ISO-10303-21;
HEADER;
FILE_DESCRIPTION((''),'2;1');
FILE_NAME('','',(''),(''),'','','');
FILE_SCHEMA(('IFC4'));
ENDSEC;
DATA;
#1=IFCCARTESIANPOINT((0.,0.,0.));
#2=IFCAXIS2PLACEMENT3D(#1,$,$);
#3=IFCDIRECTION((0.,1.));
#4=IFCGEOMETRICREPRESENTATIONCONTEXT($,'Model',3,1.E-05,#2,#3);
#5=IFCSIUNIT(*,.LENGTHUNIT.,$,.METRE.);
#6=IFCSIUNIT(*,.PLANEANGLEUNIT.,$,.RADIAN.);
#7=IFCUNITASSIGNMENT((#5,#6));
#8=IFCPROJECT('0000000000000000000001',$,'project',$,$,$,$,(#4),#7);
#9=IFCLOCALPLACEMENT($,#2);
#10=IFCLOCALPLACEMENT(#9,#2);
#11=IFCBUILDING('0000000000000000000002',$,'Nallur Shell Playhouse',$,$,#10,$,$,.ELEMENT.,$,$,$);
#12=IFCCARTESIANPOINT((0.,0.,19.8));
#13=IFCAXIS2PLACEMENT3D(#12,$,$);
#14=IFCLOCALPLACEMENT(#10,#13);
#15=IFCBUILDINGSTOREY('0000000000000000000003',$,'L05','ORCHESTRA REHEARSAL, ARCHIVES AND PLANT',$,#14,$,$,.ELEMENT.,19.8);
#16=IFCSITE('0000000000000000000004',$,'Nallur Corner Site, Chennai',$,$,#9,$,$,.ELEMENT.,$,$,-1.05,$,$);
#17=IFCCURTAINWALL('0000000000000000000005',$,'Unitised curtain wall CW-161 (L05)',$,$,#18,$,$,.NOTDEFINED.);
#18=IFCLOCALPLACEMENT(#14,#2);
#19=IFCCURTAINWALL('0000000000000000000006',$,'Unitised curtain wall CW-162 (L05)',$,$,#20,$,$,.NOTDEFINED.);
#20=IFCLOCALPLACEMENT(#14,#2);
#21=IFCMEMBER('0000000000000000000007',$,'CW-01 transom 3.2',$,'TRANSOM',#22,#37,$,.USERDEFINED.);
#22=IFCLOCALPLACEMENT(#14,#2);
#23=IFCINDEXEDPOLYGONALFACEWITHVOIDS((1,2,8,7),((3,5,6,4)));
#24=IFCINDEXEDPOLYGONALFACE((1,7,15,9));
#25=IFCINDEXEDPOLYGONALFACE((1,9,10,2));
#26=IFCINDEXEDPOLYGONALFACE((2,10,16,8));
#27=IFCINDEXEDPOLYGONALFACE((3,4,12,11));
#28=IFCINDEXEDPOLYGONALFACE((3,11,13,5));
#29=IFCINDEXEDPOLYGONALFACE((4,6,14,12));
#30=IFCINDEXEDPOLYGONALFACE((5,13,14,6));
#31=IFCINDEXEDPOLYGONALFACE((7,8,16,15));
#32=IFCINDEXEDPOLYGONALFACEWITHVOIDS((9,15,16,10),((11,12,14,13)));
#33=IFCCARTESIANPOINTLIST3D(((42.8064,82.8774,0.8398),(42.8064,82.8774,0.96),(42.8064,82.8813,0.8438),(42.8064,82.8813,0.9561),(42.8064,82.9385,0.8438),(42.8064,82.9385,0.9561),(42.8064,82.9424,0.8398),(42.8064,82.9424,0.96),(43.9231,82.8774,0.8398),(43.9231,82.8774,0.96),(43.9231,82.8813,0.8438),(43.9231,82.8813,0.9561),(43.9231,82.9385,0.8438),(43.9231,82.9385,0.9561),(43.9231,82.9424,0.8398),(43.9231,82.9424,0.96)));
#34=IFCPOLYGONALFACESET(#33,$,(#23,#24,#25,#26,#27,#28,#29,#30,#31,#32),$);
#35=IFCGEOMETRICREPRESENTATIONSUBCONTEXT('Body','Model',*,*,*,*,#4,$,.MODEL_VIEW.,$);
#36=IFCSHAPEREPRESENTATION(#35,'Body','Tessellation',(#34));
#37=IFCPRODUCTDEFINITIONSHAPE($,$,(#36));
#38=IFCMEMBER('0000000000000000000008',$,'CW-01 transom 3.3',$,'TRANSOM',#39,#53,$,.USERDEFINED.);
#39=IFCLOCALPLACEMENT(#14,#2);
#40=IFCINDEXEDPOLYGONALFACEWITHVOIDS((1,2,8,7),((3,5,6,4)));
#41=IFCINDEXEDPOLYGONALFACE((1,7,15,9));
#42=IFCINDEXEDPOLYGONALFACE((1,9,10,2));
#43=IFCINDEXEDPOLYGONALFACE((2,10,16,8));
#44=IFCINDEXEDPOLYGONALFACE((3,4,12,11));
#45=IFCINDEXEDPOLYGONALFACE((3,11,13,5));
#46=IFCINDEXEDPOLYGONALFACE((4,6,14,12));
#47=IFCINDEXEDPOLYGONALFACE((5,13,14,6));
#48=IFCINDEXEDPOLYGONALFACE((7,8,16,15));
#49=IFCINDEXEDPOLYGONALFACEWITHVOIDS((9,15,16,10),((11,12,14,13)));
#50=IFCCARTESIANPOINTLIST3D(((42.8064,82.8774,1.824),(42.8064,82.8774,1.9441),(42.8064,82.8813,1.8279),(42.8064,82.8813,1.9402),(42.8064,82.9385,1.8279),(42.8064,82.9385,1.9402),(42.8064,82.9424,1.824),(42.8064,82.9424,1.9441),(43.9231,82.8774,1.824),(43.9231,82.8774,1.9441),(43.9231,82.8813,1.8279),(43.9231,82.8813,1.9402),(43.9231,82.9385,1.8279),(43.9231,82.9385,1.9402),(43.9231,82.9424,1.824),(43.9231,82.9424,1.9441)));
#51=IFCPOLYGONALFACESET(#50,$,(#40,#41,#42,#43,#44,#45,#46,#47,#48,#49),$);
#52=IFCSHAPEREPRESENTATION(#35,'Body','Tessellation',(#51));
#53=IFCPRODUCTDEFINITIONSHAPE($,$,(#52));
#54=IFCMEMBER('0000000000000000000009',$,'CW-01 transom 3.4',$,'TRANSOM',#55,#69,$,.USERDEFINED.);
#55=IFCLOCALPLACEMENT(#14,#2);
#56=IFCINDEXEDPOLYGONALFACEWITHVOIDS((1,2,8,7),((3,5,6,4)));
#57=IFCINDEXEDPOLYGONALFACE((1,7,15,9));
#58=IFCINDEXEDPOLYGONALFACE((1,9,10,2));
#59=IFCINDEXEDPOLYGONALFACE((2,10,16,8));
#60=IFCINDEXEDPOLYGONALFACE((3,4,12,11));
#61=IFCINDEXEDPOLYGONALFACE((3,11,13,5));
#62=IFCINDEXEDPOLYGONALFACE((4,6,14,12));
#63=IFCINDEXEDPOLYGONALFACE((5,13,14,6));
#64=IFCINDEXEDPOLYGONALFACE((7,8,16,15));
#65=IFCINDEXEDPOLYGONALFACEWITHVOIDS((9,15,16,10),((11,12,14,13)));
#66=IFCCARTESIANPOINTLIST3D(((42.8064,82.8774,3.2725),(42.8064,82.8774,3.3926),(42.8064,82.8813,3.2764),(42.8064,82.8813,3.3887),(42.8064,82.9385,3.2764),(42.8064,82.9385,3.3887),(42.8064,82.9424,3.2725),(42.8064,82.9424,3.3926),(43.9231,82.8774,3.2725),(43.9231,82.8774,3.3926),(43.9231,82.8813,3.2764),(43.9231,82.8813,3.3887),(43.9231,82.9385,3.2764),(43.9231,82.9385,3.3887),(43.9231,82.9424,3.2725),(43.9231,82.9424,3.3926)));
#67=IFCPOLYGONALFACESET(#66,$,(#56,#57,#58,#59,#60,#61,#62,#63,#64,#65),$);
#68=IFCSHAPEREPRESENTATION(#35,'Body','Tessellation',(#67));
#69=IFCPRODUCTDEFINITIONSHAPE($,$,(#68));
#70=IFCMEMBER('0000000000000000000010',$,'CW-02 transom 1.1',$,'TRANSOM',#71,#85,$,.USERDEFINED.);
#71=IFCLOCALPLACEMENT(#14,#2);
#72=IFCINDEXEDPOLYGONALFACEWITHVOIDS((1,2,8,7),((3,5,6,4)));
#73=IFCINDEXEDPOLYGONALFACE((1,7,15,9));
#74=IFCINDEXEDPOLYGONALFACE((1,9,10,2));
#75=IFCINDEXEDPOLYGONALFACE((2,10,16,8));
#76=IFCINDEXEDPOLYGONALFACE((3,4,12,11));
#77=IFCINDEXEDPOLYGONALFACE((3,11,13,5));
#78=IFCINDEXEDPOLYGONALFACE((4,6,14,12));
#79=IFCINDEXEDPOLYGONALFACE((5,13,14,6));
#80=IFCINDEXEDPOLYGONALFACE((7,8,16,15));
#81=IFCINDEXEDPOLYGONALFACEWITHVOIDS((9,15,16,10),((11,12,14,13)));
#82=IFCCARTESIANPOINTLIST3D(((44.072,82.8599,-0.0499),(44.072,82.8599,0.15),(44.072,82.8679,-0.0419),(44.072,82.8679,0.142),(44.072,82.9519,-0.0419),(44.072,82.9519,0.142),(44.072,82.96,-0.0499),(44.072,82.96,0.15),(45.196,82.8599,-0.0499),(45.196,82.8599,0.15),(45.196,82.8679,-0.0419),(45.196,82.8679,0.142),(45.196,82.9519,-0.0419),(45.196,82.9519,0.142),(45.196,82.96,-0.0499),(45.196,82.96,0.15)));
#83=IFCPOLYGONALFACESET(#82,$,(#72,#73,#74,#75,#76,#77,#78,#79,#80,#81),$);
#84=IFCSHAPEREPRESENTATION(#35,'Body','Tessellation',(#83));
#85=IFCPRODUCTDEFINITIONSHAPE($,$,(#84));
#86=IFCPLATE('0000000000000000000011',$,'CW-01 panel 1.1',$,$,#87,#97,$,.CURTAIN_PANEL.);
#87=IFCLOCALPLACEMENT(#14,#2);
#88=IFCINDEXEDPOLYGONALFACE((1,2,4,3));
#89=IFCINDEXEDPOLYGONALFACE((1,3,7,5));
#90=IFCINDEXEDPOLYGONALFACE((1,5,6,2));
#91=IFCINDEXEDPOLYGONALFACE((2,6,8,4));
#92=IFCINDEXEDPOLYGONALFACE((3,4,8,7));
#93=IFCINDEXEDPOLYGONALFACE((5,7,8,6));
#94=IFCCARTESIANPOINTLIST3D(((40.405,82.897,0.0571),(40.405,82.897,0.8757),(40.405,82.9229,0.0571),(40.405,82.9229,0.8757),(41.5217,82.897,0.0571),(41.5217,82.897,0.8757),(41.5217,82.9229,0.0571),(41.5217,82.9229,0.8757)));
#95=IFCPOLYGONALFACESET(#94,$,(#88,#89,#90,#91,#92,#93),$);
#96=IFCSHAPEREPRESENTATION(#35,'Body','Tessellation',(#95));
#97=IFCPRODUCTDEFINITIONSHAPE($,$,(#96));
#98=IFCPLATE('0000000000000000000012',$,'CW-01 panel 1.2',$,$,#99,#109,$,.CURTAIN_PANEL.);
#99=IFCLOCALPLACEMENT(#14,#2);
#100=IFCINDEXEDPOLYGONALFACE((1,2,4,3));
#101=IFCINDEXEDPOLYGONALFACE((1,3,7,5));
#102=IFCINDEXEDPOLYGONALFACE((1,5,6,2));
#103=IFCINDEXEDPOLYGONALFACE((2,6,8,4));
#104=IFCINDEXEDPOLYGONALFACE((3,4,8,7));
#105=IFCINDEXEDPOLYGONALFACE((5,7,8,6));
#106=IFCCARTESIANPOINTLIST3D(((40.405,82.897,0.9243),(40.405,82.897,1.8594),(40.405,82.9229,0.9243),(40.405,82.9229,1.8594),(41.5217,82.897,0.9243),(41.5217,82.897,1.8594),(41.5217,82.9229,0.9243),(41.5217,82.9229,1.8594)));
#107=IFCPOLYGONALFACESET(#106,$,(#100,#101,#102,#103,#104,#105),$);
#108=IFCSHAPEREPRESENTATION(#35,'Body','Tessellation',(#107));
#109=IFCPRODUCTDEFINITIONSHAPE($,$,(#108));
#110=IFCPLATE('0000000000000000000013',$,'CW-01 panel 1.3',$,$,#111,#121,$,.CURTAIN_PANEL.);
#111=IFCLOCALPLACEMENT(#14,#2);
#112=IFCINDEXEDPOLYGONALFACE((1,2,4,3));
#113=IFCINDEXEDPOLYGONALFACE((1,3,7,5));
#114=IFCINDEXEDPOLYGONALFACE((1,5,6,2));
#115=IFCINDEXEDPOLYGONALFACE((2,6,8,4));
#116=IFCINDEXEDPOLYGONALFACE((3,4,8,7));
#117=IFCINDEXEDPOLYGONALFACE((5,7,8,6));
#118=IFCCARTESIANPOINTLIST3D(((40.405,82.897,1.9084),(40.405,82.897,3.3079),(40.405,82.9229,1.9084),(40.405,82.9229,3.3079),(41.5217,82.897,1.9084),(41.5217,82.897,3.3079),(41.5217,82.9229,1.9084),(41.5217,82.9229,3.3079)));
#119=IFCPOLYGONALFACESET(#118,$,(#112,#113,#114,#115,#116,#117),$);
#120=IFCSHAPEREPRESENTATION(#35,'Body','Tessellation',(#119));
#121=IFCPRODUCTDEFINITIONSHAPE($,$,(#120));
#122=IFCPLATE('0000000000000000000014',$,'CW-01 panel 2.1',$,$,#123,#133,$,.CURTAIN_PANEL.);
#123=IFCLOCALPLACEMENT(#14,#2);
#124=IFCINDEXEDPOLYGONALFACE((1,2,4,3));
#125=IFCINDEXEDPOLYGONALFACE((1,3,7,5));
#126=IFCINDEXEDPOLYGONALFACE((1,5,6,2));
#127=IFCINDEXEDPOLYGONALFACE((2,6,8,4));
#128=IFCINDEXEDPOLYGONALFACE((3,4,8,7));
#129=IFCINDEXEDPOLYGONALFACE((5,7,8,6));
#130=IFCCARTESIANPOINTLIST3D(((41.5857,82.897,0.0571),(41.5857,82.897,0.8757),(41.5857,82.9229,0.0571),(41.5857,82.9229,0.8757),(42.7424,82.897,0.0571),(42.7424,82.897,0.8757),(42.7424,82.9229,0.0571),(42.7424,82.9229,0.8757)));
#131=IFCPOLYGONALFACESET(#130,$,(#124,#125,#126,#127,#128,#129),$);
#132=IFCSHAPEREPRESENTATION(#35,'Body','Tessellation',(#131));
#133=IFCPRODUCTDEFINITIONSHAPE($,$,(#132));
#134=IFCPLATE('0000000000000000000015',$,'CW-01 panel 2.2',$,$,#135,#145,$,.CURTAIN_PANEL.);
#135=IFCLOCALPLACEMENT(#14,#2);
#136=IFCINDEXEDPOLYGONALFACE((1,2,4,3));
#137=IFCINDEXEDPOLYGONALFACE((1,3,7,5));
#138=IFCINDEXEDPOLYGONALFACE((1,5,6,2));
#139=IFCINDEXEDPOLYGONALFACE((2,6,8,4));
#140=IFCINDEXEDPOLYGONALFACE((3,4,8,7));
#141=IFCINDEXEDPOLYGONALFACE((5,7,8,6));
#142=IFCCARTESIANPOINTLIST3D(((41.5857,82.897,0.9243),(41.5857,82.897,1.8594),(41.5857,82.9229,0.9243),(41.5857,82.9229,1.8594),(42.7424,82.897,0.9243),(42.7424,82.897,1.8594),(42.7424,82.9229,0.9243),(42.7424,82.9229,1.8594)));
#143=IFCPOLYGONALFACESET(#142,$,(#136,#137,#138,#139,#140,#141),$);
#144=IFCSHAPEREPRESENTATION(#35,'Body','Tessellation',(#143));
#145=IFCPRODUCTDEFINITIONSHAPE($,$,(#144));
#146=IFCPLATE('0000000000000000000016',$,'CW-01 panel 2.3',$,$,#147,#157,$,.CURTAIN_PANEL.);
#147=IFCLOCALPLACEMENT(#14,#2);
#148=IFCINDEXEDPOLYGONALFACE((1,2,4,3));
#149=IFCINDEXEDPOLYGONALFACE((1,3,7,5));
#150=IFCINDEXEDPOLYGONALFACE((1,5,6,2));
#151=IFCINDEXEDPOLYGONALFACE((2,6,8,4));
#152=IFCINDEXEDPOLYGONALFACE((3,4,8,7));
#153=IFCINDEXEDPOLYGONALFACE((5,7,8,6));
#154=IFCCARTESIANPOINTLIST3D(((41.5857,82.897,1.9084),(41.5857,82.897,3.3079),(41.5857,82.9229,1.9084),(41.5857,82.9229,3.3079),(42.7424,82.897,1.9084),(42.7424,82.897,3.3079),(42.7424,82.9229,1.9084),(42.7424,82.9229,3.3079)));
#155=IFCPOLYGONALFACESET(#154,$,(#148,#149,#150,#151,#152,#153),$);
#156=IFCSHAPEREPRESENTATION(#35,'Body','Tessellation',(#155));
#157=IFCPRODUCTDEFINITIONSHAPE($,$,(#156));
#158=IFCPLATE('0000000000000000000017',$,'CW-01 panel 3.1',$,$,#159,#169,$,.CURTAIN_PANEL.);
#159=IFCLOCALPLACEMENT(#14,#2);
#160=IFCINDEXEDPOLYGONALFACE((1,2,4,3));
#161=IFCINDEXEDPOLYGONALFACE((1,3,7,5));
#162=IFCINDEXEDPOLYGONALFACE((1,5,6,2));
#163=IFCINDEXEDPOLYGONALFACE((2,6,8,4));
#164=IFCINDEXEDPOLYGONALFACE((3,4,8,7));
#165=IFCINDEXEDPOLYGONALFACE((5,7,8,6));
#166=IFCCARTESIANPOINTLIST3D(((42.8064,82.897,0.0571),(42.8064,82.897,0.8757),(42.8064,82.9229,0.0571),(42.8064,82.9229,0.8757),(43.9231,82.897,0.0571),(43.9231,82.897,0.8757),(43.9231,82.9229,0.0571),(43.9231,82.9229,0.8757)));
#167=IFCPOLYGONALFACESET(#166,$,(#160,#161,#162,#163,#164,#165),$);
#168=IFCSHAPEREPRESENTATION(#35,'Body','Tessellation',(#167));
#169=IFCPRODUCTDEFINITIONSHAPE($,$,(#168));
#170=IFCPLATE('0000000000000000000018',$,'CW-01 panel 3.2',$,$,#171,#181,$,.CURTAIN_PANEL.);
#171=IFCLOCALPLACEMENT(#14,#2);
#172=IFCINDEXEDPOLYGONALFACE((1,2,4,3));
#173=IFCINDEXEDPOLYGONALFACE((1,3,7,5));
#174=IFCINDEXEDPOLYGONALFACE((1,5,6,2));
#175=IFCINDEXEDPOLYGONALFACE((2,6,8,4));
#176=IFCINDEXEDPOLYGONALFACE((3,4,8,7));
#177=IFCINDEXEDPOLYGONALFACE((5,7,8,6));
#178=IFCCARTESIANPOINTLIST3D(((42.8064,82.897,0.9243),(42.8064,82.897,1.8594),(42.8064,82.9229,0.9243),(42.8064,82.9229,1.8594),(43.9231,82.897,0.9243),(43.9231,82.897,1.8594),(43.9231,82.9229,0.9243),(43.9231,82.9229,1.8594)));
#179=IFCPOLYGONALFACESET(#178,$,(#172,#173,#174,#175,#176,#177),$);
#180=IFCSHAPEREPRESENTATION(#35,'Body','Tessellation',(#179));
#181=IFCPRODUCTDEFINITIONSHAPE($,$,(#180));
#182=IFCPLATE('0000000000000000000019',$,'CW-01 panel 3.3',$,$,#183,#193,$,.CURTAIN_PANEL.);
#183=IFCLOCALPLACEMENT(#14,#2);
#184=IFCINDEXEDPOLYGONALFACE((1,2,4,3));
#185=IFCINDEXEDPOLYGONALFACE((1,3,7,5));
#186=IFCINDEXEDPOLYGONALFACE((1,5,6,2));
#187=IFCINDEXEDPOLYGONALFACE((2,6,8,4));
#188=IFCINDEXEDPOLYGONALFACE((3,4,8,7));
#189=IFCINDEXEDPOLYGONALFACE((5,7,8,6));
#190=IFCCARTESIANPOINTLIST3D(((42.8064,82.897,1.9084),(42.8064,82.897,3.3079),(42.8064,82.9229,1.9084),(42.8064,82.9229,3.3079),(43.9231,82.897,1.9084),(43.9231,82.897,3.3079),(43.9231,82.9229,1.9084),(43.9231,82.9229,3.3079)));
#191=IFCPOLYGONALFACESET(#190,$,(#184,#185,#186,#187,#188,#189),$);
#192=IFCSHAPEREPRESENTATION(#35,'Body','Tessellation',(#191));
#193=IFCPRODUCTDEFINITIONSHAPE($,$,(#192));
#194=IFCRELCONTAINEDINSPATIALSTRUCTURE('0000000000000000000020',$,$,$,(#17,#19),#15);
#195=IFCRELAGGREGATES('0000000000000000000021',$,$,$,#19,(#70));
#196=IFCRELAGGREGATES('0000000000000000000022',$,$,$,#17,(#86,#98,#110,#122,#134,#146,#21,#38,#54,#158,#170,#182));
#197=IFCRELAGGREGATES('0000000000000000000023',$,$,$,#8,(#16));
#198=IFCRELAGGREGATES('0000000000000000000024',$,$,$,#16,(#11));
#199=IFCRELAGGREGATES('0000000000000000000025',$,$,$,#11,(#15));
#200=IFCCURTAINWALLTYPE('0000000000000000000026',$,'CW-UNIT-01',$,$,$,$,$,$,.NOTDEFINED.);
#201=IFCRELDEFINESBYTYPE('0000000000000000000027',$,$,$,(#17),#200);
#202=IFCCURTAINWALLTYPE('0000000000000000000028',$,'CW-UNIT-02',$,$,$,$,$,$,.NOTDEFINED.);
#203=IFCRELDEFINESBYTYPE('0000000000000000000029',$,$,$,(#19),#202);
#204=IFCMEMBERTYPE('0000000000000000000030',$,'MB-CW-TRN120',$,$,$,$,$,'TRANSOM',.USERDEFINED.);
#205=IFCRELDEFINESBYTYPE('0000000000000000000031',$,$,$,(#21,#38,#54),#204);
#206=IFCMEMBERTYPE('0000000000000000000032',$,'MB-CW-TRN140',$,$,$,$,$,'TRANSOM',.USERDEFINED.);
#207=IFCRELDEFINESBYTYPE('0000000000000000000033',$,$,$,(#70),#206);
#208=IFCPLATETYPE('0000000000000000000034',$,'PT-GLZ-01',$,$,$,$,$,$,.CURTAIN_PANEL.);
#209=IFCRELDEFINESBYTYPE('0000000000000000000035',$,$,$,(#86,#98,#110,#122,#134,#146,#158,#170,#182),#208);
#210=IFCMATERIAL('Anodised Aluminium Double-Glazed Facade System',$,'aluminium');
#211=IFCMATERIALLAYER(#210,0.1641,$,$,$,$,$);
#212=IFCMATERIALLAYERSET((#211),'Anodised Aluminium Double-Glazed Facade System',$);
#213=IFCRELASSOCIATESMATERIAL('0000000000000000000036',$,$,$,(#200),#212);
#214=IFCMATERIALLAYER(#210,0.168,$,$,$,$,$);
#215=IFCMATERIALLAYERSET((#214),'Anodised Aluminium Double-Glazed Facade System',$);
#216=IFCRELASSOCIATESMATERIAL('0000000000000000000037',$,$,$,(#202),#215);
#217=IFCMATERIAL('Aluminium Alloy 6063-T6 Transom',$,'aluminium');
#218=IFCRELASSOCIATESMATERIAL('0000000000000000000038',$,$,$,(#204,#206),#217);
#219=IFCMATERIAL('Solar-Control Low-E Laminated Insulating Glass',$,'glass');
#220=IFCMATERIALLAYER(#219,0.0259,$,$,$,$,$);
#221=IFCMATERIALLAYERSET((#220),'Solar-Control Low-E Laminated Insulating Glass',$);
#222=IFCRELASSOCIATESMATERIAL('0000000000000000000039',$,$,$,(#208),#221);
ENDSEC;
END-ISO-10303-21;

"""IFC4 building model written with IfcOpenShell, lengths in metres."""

from ifc_helpers import new_model, si_unit, direction, frame, origin, origin_2d, place, context, subcontext, project, spatial, rectangle, hollow_rectangle, extrude, material, layer, layer_set, material_profile, profile_set, type_object, element, aggregate, save


model = new_model("IFC4")

# Units and contexts
model_context = context("Model", 3, precision=1e-05, world=origin(), true_north=direction((0.0, 1.0)))
body_context = subcontext(model_context, "Body", "Model", "MODEL_VIEW")
ifc_project = project(units=[si_unit("LENGTHUNIT", "METRE"), si_unit("PLANEANGLEUNIT", "RADIAN")], contexts=[model_context])

# Site, building, storey
site_placement = place(None, origin())
site = spatial("IfcSite", under=ifc_project, at=site_placement, Name="Nallur Corner Site, Chennai", CompositionType="ELEMENT", RefElevation=-1.05)
building_placement = place(site_placement, origin())
building = spatial("IfcBuilding", under=site, at=building_placement, Name="Nallur Shell Playhouse", CompositionType="ELEMENT")
storey_placement = place(building_placement, frame((0.0, 0.0, 19.8)))
storey = spatial("IfcBuildingStorey", under=building, at=storey_placement, Name="L05", Description="ORCHESTRA REHEARSAL, ARCHIVES AND PLANT", CompositionType="ELEMENT", Elevation=19.8)

# Curtain wall
ifc_material_1 = material(Name="Anodised Aluminium Double-Glazed Facade System", Category="aluminium")
ifc_layer_1 = layer(ifc_material_1, 0.1641)
ifc_layer_set_1 = layer_set([ifc_layer_1], Name="Anodised Aluminium Double-Glazed Facade System")
curtain_wall_type_1 = type_object("IfcCurtainWallType", Name="CW-UNIT-01", PredefinedType="NOTDEFINED", material=ifc_layer_set_1)
curtain_wall_1_placement = place(storey_placement, origin())
curtain_wall_1 = element("IfcCurtainWall", 1, at=curtain_wall_1_placement, inside=storey, type_object=curtain_wall_type_1, Name="Unitised curtain wall CW-161 (L05)", PredefinedType="NOTDEFINED")

# Curtain wall
ifc_layer_2 = layer(ifc_material_1, 0.168)
ifc_layer_set_2 = layer_set([ifc_layer_2], Name="Anodised Aluminium Double-Glazed Facade System")
curtain_wall_type_2 = type_object("IfcCurtainWallType", Name="CW-UNIT-02", PredefinedType="NOTDEFINED", material=ifc_layer_set_2)
curtain_wall_2_placement = place(storey_placement, origin())
curtain_wall_2 = element("IfcCurtainWall", 2, at=curtain_wall_2_placement, inside=storey, type_object=curtain_wall_type_2, Name="Unitised curtain wall CW-162 (L05)", PredefinedType="NOTDEFINED")

# Members
ifc_material_2 = material(Name="Aluminium Alloy 6063-T6 Transom", Category="aluminium")
ifc_material_profile_1 = material_profile(ifc_material_2, hollow_rectangle(XDim=0.0649, YDim=0.1201, WallThickness=0.0039, at=origin_2d()), Name="ALU 65x120x4")
ifc_profile_set_1 = profile_set([ifc_material_profile_1], Name="Aluminium Alloy 6063-T6 Transom")
member_type_1 = type_object("IfcMemberType", Name="MB-CW-TRN120", ElementType="TRANSOM", PredefinedType="USERDEFINED", material=ifc_profile_set_1)
member_1_placement = place(storey_placement, frame((42.8064, 82.9099, 0.8999), z_axis=(1.0, 0.0, 0.0), x_axis=(0.0, 1.0, 0.0)))
member_1 = element("IfcMember", 3, at=member_1_placement, type_object=member_type_1, Name="CW-01 transom 3.2", ObjectType="TRANSOM", PredefinedType="USERDEFINED", context=body_context, shape_type="SweptSolid", body=[
    extrude(hollow_rectangle(XDim=0.0649, YDim=0.1201, WallThickness=0.0039, at=origin_2d()), origin(), (0.0, 0.0, 1.0), 1.1167),
])
member_2_placement = place(storey_placement, frame((42.8064, 82.9099, 1.884), z_axis=(1.0, 0.0, 0.0), x_axis=(0.0, 1.0, 0.0)))
member_2 = element("IfcMember", 4, at=member_2_placement, type_object=member_type_1, Name="CW-01 transom 3.3", ObjectType="TRANSOM", PredefinedType="USERDEFINED", context=body_context, shape_type="SweptSolid", body=[
    extrude(hollow_rectangle(XDim=0.0649, YDim=0.1201, WallThickness=0.0039, at=origin_2d()), origin(), (0.0, 0.0, 1.0), 1.1167),
])
member_3_placement = place(storey_placement, frame((42.8064, 82.9099, 3.3325), z_axis=(1.0, 0.0, 0.0), x_axis=(0.0, 1.0, 0.0)))
member_3 = element("IfcMember", 5, at=member_3_placement, type_object=member_type_1, Name="CW-01 transom 3.4", ObjectType="TRANSOM", PredefinedType="USERDEFINED", context=body_context, shape_type="SweptSolid", body=[
    extrude(hollow_rectangle(XDim=0.0649, YDim=0.1201, WallThickness=0.0039, at=origin_2d()), origin(), (0.0, 0.0, 1.0), 1.1167),
])
ifc_material_profile_2 = material_profile(ifc_material_2, hollow_rectangle(XDim=0.1001, YDim=0.2, WallThickness=0.0081, at=origin_2d()), Name="RHS 200x100x8")
ifc_profile_set_2 = profile_set([ifc_material_profile_2], Name="Aluminium Alloy 6063-T6 Transom")
member_type_2 = type_object("IfcMemberType", Name="MB-CW-TRN140", ElementType="TRANSOM", PredefinedType="USERDEFINED", material=ifc_profile_set_2)
member_4_placement = place(storey_placement, frame((44.072, 82.9099, 0.05), z_axis=(1.0, 0.0, 0.0), x_axis=(0.0, 1.0, 0.0)))
member_4 = element("IfcMember", 6, at=member_4_placement, type_object=member_type_2, Name="CW-02 transom 1.1", ObjectType="TRANSOM", PredefinedType="USERDEFINED", context=body_context, shape_type="SweptSolid", body=[
    extrude(hollow_rectangle(XDim=0.1001, YDim=0.2, WallThickness=0.0081, at=origin_2d()), origin(), (0.0, 0.0, 1.0), 1.124),
])
aggregate(curtain_wall_2, [member_4])

# Plates
ifc_material_3 = material(Name="Solar-Control Low-E Laminated Insulating Glass", Category="glass")
ifc_layer_3 = layer(ifc_material_3, 0.0259)
ifc_layer_set_3 = layer_set([ifc_layer_3], Name="Solar-Control Low-E Laminated Insulating Glass")
plate_type = type_object("IfcPlateType", Name="PT-GLZ-01", PredefinedType="CURTAIN_PANEL", material=ifc_layer_set_3)
plate_1_placement = place(storey_placement, frame((40.9634, 82.9099, 0.0571), z_axis=(0.0, 0.0, 1.0), x_axis=(1.0, 0.0, 0.0)))
plate_1 = element("IfcPlate", 7, at=plate_1_placement, type_object=plate_type, Name="CW-01 panel 1.1", PredefinedType="CURTAIN_PANEL", context=body_context, shape_type="SweptSolid", body=[
    extrude(rectangle(XDim=1.1167, YDim=0.0259, at=origin_2d()), origin(), (0.0, 0.0, 1.0), 0.8186),
])
plate_2_placement = place(storey_placement, frame((40.9634, 82.9099, 0.9243), z_axis=(0.0, 0.0, 1.0), x_axis=(1.0, 0.0, 0.0)))
plate_2 = element("IfcPlate", 8, at=plate_2_placement, type_object=plate_type, Name="CW-01 panel 1.2", PredefinedType="CURTAIN_PANEL", context=body_context, shape_type="SweptSolid", body=[
    extrude(rectangle(XDim=1.1167, YDim=0.0259, at=origin_2d()), origin(), (0.0, 0.0, 1.0), 0.9351),
])
plate_3_placement = place(storey_placement, frame((40.9634, 82.9099, 1.9084), z_axis=(0.0, 0.0, 1.0), x_axis=(1.0, 0.0, 0.0)))
plate_3 = element("IfcPlate", 9, at=plate_3_placement, type_object=plate_type, Name="CW-01 panel 1.3", PredefinedType="CURTAIN_PANEL", context=body_context, shape_type="SweptSolid", body=[
    extrude(rectangle(XDim=1.1167, YDim=0.0259, at=origin_2d()), origin(), (0.0, 0.0, 1.0), 1.3994),
])
plate_4_placement = place(storey_placement, frame((42.1641, 82.9099, 0.0571), z_axis=(0.0, 0.0, 1.0), x_axis=(1.0, 0.0, 0.0)))
plate_4 = element("IfcPlate", 10, at=plate_4_placement, type_object=plate_type, Name="CW-01 panel 2.1", PredefinedType="CURTAIN_PANEL", context=body_context, shape_type="SweptSolid", body=[
    extrude(rectangle(XDim=1.1567, YDim=0.0259, at=origin_2d()), origin(), (0.0, 0.0, 1.0), 0.8186),
])
plate_5_placement = place(storey_placement, frame((42.1641, 82.9099, 0.9243), z_axis=(0.0, 0.0, 1.0), x_axis=(1.0, 0.0, 0.0)))
plate_5 = element("IfcPlate", 11, at=plate_5_placement, type_object=plate_type, Name="CW-01 panel 2.2", PredefinedType="CURTAIN_PANEL", context=body_context, shape_type="SweptSolid", body=[
    extrude(rectangle(XDim=1.1567, YDim=0.0259, at=origin_2d()), origin(), (0.0, 0.0, 1.0), 0.9351),
])
plate_6_placement = place(storey_placement, frame((42.1641, 82.9099, 1.9084), z_axis=(0.0, 0.0, 1.0), x_axis=(1.0, 0.0, 0.0)))
plate_6 = element("IfcPlate", 12, at=plate_6_placement, type_object=plate_type, Name="CW-01 panel 2.3", PredefinedType="CURTAIN_PANEL", context=body_context, shape_type="SweptSolid", body=[
    extrude(rectangle(XDim=1.1567, YDim=0.0259, at=origin_2d()), origin(), (0.0, 0.0, 1.0), 1.3994),
])
plate_7_placement = place(storey_placement, frame((43.3647, 82.9099, 0.0571), z_axis=(0.0, 0.0, 1.0), x_axis=(1.0, 0.0, 0.0)))
plate_7 = element("IfcPlate", 13, at=plate_7_placement, type_object=plate_type, Name="CW-01 panel 3.1", PredefinedType="CURTAIN_PANEL", context=body_context, shape_type="SweptSolid", body=[
    extrude(rectangle(XDim=1.1167, YDim=0.0259, at=origin_2d()), origin(), (0.0, 0.0, 1.0), 0.8186),
])
plate_8_placement = place(storey_placement, frame((43.3647, 82.9099, 0.9243), z_axis=(0.0, 0.0, 1.0), x_axis=(1.0, 0.0, 0.0)))
plate_8 = element("IfcPlate", 14, at=plate_8_placement, type_object=plate_type, Name="CW-01 panel 3.2", PredefinedType="CURTAIN_PANEL", context=body_context, shape_type="SweptSolid", body=[
    extrude(rectangle(XDim=1.1167, YDim=0.0259, at=origin_2d()), origin(), (0.0, 0.0, 1.0), 0.9351),
])
plate_9_placement = place(storey_placement, frame((43.3647, 82.9099, 1.9084), z_axis=(0.0, 0.0, 1.0), x_axis=(1.0, 0.0, 0.0)))
plate_9 = element("IfcPlate", 15, at=plate_9_placement, type_object=plate_type, Name="CW-01 panel 3.3", PredefinedType="CURTAIN_PANEL", context=body_context, shape_type="SweptSolid", body=[
    extrude(rectangle(XDim=1.1167, YDim=0.0259, at=origin_2d()), origin(), (0.0, 0.0, 1.0), 1.3994),
])
aggregate(curtain_wall_1, [plate_1, plate_2, plate_3, plate_4, plate_5, plate_6, member_1, member_2, member_3, plate_7, plate_8, plate_9])

save(model, "model.ifc")
